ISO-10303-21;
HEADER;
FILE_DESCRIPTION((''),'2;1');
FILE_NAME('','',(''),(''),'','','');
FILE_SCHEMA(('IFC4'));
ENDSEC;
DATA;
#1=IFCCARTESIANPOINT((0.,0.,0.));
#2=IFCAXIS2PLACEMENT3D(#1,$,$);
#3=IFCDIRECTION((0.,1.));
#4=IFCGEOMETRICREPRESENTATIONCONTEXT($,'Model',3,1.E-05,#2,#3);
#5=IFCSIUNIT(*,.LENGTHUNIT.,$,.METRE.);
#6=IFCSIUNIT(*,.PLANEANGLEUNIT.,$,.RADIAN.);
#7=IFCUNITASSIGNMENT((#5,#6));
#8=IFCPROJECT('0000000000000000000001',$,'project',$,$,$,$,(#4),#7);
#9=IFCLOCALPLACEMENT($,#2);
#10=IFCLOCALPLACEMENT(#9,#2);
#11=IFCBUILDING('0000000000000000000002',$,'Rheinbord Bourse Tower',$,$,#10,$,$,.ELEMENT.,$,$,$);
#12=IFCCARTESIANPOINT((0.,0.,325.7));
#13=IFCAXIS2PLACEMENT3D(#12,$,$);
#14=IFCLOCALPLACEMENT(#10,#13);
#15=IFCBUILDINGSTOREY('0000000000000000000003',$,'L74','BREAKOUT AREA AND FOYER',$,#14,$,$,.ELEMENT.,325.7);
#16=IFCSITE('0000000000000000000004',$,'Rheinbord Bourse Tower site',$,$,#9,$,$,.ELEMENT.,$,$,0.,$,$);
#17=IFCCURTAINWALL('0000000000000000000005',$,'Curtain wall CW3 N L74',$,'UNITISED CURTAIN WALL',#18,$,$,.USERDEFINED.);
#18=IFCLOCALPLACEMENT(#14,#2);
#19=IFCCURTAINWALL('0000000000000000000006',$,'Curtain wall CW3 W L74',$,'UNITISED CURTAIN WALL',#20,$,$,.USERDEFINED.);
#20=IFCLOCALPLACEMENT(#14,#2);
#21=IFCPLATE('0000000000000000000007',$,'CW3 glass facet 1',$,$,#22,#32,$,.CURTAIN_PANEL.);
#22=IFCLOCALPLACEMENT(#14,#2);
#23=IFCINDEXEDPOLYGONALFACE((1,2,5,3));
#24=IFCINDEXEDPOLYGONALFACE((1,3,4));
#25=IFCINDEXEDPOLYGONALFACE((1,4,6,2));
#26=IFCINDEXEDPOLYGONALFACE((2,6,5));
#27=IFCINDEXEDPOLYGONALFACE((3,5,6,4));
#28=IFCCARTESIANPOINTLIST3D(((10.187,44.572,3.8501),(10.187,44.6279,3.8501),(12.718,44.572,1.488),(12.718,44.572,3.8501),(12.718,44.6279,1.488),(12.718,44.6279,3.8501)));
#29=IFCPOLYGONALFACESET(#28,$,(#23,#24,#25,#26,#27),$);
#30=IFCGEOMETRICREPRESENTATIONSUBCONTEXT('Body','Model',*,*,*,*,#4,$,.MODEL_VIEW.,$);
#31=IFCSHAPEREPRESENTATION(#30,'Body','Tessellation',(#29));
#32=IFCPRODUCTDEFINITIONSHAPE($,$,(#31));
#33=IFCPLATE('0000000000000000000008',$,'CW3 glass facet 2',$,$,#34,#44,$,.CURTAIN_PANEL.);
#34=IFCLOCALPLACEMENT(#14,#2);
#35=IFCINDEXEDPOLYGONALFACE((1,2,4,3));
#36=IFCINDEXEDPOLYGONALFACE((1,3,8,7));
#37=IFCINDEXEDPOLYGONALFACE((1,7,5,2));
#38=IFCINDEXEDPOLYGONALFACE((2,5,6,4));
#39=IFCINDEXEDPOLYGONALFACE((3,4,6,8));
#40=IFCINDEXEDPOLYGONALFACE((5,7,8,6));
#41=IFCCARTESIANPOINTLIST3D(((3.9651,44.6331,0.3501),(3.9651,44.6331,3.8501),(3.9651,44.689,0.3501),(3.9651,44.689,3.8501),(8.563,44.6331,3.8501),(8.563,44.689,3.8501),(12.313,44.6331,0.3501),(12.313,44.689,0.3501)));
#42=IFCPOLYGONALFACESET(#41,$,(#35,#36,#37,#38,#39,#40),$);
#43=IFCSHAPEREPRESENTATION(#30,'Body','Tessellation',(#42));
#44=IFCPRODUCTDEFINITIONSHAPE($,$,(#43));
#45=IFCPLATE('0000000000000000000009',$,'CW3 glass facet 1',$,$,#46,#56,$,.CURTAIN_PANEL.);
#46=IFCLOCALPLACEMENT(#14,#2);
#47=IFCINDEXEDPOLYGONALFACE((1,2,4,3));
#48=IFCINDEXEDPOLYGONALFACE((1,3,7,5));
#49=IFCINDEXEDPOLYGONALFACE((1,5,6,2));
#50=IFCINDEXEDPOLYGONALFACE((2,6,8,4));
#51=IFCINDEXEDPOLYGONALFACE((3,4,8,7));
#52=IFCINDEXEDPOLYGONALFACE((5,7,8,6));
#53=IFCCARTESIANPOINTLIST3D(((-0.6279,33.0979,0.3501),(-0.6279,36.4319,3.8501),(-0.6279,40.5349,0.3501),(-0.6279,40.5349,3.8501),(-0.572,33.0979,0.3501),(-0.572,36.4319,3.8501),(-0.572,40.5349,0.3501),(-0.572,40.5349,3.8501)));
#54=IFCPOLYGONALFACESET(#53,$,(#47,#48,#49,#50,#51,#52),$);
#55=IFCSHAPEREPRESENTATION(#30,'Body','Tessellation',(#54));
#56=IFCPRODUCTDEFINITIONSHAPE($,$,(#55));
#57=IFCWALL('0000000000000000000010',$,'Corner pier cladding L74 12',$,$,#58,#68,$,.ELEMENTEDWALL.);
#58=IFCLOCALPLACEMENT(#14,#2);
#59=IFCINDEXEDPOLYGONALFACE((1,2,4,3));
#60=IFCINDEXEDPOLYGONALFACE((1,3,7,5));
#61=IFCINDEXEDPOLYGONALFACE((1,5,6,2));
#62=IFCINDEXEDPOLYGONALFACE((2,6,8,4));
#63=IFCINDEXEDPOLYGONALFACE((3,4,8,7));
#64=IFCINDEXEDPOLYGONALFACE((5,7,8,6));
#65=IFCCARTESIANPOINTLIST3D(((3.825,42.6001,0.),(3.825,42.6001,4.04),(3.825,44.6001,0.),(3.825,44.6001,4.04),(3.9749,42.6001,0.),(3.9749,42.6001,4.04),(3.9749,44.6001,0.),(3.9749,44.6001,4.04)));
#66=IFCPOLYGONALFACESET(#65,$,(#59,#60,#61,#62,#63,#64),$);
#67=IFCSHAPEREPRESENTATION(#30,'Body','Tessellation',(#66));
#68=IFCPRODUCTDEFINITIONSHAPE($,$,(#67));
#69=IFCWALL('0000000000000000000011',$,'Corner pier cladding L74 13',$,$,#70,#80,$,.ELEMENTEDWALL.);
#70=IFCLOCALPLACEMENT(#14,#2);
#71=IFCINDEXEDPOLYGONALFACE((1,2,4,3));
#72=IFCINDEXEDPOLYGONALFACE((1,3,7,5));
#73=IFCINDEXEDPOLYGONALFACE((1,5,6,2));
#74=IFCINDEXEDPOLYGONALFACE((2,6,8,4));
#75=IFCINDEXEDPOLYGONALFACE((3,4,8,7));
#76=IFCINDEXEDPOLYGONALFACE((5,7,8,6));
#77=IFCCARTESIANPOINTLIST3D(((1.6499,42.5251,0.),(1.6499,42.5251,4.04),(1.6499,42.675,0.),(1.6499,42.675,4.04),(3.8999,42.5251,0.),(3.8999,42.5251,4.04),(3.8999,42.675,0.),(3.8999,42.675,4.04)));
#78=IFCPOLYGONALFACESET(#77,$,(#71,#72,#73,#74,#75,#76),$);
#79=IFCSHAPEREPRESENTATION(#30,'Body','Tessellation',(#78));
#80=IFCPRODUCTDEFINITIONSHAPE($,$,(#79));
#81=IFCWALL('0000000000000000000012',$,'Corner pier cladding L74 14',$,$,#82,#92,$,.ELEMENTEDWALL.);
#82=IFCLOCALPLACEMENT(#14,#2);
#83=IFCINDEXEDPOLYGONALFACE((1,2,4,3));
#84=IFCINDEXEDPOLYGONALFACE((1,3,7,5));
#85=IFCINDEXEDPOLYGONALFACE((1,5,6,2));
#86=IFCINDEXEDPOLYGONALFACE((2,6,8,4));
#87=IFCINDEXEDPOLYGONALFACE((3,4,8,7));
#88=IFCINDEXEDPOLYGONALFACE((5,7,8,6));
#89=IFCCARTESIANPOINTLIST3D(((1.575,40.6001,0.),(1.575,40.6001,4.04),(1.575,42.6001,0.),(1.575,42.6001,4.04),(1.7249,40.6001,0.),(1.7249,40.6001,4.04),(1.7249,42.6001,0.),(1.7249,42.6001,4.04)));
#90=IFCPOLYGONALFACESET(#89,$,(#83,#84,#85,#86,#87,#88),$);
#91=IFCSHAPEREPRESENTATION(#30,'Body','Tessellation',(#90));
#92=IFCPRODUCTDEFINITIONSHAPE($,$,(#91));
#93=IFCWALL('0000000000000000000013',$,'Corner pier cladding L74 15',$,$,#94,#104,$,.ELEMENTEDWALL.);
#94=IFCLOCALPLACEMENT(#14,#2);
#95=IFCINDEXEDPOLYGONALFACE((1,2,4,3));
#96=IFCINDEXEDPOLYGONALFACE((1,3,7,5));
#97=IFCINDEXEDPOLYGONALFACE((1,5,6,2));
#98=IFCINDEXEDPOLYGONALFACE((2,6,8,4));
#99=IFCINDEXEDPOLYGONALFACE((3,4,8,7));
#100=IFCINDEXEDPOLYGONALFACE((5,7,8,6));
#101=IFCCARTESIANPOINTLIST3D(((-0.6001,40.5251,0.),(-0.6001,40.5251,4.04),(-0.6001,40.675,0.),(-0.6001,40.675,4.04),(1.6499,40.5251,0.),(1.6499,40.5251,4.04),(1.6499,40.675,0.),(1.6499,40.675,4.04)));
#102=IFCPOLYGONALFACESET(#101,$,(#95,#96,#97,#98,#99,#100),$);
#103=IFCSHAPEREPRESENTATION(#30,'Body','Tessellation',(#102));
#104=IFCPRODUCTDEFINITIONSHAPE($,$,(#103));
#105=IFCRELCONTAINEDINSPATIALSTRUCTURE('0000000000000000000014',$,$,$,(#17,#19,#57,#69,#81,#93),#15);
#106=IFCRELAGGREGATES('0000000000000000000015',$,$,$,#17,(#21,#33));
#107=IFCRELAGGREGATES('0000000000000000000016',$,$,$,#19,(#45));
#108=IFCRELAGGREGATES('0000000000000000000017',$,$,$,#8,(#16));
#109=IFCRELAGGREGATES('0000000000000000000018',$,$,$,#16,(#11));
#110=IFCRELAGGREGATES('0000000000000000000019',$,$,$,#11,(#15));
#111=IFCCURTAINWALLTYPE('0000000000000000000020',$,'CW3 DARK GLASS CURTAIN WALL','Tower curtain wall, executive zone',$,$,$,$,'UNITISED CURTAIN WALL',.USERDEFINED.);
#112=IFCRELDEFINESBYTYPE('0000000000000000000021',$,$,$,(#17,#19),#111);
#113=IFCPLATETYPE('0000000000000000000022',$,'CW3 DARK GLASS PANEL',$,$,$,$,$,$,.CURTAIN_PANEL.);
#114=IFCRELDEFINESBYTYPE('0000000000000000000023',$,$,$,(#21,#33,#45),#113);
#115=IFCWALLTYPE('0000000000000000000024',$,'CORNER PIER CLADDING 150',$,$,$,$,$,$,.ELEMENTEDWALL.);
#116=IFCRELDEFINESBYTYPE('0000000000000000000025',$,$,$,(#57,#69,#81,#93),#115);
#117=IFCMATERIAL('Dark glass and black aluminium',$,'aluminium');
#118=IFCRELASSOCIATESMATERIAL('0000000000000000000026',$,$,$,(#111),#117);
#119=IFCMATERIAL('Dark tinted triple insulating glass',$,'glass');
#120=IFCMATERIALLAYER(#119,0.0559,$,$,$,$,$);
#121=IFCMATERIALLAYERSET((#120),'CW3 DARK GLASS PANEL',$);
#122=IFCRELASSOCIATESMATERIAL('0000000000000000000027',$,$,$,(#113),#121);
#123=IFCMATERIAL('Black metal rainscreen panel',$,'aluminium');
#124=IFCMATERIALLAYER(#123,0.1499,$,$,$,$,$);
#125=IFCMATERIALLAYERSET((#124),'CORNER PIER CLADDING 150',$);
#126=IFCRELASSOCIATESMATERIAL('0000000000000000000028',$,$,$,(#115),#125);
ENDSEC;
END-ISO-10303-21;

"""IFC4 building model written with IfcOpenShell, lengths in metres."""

from ifc_helpers import new_model, si_unit, direction, frame, frame_2d, origin, place, context, subcontext, project, spatial, polyline, rectangle, outline, extrude, material, layer, layer_set, type_object, element, aggregate, save


model = new_model("IFC4")

# Units and contexts
model_context = context("Model", 3, precision=1e-05, world=origin(), true_north=direction((0.0, 1.0)))
body_context = subcontext(model_context, "Body", "Model", "MODEL_VIEW")
ifc_project = project(units=[si_unit("LENGTHUNIT", "METRE"), si_unit("PLANEANGLEUNIT", "RADIAN")], contexts=[model_context])

# Site, building, storey
site_placement = place(None, origin())
site = spatial("IfcSite", under=ifc_project, at=site_placement, Name="Rheinbord Bourse Tower site", CompositionType="ELEMENT", RefElevation=0.0)
building_placement = place(site_placement, origin())
building = spatial("IfcBuilding", under=site, at=building_placement, Name="Rheinbord Bourse Tower", CompositionType="ELEMENT")
storey_placement = place(building_placement, frame((0.0, 0.0, 325.7)))
storey = spatial("IfcBuildingStorey", under=building, at=storey_placement, Name="L74", Description="BREAKOUT AREA AND FOYER", CompositionType="ELEMENT", Elevation=325.7)

# Curtain wall
ifc_material_1 = material(Name="Dark glass and black aluminium", Category="aluminium")
curtain_wall_type = type_object("IfcCurtainWallType", Name="CW3 DARK GLASS CURTAIN WALL", Description="Tower curtain wall, executive zone", ElementType="UNITISED CURTAIN WALL", PredefinedType="USERDEFINED", material=ifc_material_1)
curtain_wall_1_placement = place(storey_placement, origin())
curtain_wall_1 = element("IfcCurtainWall", 1, at=curtain_wall_1_placement, inside=storey, type_object=curtain_wall_type, Name="Curtain wall CW3 N L74", ObjectType="UNITISED CURTAIN WALL", PredefinedType="USERDEFINED")

# Curtain wall
curtain_wall_2_placement = place(storey_placement, origin())
curtain_wall_2 = element("IfcCurtainWall", 2, at=curtain_wall_2_placement, inside=storey, type_object=curtain_wall_type, Name="Curtain wall CW3 W L74", ObjectType="UNITISED CURTAIN WALL", PredefinedType="USERDEFINED")

# Plates
ifc_material_2 = material(Name="Dark tinted triple insulating glass", Category="glass")
ifc_layer_1 = layer(ifc_material_2, 0.0559)
ifc_layer_set_1 = layer_set([ifc_layer_1], Name="CW3 DARK GLASS PANEL")
plate_type = type_object("IfcPlateType", Name="CW3 DARK GLASS PANEL", PredefinedType="CURTAIN_PANEL", material=ifc_layer_set_1)
plate_1_placement = place(storey_placement, frame((12.718, 44.6279, 3.8501), z_axis=(0.0, -1.0, 0.0), x_axis=(-1.0, 0.0, 0.0)))
plate_1 = element("IfcPlate", 3, at=plate_1_placement, type_object=plate_type, Name="CW3 glass facet 1", PredefinedType="CURTAIN_PANEL", context=body_context, shape_type="SweptSolid", body=[
    extrude(outline(polyline([(0.0, 0.0), (2.531, 0.0), (0.0, 2.3621), (0.0, 0.0)])), origin(), (0.0, 0.0, 1.0), 0.0559),
])
plate_2_placement = place(storey_placement, frame((3.9651, 44.689, 3.8501), z_axis=(0.0, -1.0, 0.0), x_axis=(0.0, 0.0, -1.0)))
plate_2 = element("IfcPlate", 4, at=plate_2_placement, type_object=plate_type, Name="CW3 glass facet 2", PredefinedType="CURTAIN_PANEL", context=body_context, shape_type="SweptSolid", body=[
    extrude(outline(polyline([(0.0, 0.0), (3.5, 0.0), (3.5, 8.3479), (0.0, 4.5979), (0.0, 0.0)])), origin(), (0.0, 0.0, 1.0), 0.0559),
])
aggregate(curtain_wall_1, [plate_1, plate_2])
plate_3_placement = place(storey_placement, frame((-0.6279, 40.5349, 0.3501), z_axis=(1.0, 0.0, 0.0), x_axis=(0.0, 0.0, 1.0)))
plate_3 = element("IfcPlate", 5, at=plate_3_placement, type_object=plate_type, Name="CW3 glass facet 1", PredefinedType="CURTAIN_PANEL", context=body_context, shape_type="SweptSolid", body=[
    extrude(outline(polyline([(0.0, 0.0), (3.5, 0.0), (3.5, 4.103), (0.0, 7.437), (0.0, 0.0)])), origin(), (0.0, 0.0, 1.0), 0.0559),
])
aggregate(curtain_wall_2, [plate_3])

# Walls
ifc_material_3 = material(Name="Black metal rainscreen panel", Category="aluminium")
ifc_layer_2 = layer(ifc_material_3, 0.1499)
ifc_layer_set_2 = layer_set([ifc_layer_2], Name="CORNER PIER CLADDING 150")
wall_type = type_object("IfcWallType", Name="CORNER PIER CLADDING 150", PredefinedType="ELEMENTEDWALL", material=ifc_layer_set_2)
wall_1_placement = place(storey_placement, frame((3.8999, 44.6001, 0.0), z_axis=(0.0, 0.0, 1.0), x_axis=(0.0, -1.0, 0.0)))
element("IfcWall", 6, at=wall_1_placement, inside=storey, type_object=wall_type, Name="Corner pier cladding L74 12", PredefinedType="ELEMENTEDWALL", context=body_context, shape_type="SweptSolid", body=[
    extrude(rectangle(XDim=2.0, YDim=0.1499, at=frame_2d((1.0, 0.0))), origin(), (0.0, 0.0, 1.0), 4.04),
])
wall_2_placement = place(storey_placement, frame((3.8999, 42.6001, 0.0), z_axis=(0.0, 0.0, 1.0), x_axis=(-1.0, 0.0, 0.0)))
element("IfcWall", 7, at=wall_2_placement, inside=storey, type_object=wall_type, Name="Corner pier cladding L74 13", PredefinedType="ELEMENTEDWALL", context=body_context, shape_type="SweptSolid", body=[
    extrude(rectangle(XDim=2.25, YDim=0.1499, at=frame_2d((1.125, 0.0))), origin(), (0.0, 0.0, 1.0), 4.04),
])
wall_3_placement = place(storey_placement, frame((1.6499, 42.6001, 0.0), z_axis=(0.0, 0.0, 1.0), x_axis=(0.0, -1.0, 0.0)))
element("IfcWall", 8, at=wall_3_placement, inside=storey, type_object=wall_type, Name="Corner pier cladding L74 14", PredefinedType="ELEMENTEDWALL", context=body_context, shape_type="SweptSolid", body=[
    extrude(rectangle(XDim=2.0, YDim=0.1499, at=frame_2d((1.0, 0.0))), origin(), (0.0, 0.0, 1.0), 4.04),
])
wall_4_placement = place(storey_placement, frame((1.6499, 40.6001, 0.0), z_axis=(0.0, 0.0, 1.0), x_axis=(-1.0, 0.0, 0.0)))
element("IfcWall", 9, at=wall_4_placement, inside=storey, type_object=wall_type, Name="Corner pier cladding L74 15", PredefinedType="ELEMENTEDWALL", context=body_context, shape_type="SweptSolid", body=[
    extrude(rectangle(XDim=2.25, YDim=0.1499, at=frame_2d((1.125, 0.0))), origin(), (0.0, 0.0, 1.0), 4.04),
])

save(model, "model.ifc")
